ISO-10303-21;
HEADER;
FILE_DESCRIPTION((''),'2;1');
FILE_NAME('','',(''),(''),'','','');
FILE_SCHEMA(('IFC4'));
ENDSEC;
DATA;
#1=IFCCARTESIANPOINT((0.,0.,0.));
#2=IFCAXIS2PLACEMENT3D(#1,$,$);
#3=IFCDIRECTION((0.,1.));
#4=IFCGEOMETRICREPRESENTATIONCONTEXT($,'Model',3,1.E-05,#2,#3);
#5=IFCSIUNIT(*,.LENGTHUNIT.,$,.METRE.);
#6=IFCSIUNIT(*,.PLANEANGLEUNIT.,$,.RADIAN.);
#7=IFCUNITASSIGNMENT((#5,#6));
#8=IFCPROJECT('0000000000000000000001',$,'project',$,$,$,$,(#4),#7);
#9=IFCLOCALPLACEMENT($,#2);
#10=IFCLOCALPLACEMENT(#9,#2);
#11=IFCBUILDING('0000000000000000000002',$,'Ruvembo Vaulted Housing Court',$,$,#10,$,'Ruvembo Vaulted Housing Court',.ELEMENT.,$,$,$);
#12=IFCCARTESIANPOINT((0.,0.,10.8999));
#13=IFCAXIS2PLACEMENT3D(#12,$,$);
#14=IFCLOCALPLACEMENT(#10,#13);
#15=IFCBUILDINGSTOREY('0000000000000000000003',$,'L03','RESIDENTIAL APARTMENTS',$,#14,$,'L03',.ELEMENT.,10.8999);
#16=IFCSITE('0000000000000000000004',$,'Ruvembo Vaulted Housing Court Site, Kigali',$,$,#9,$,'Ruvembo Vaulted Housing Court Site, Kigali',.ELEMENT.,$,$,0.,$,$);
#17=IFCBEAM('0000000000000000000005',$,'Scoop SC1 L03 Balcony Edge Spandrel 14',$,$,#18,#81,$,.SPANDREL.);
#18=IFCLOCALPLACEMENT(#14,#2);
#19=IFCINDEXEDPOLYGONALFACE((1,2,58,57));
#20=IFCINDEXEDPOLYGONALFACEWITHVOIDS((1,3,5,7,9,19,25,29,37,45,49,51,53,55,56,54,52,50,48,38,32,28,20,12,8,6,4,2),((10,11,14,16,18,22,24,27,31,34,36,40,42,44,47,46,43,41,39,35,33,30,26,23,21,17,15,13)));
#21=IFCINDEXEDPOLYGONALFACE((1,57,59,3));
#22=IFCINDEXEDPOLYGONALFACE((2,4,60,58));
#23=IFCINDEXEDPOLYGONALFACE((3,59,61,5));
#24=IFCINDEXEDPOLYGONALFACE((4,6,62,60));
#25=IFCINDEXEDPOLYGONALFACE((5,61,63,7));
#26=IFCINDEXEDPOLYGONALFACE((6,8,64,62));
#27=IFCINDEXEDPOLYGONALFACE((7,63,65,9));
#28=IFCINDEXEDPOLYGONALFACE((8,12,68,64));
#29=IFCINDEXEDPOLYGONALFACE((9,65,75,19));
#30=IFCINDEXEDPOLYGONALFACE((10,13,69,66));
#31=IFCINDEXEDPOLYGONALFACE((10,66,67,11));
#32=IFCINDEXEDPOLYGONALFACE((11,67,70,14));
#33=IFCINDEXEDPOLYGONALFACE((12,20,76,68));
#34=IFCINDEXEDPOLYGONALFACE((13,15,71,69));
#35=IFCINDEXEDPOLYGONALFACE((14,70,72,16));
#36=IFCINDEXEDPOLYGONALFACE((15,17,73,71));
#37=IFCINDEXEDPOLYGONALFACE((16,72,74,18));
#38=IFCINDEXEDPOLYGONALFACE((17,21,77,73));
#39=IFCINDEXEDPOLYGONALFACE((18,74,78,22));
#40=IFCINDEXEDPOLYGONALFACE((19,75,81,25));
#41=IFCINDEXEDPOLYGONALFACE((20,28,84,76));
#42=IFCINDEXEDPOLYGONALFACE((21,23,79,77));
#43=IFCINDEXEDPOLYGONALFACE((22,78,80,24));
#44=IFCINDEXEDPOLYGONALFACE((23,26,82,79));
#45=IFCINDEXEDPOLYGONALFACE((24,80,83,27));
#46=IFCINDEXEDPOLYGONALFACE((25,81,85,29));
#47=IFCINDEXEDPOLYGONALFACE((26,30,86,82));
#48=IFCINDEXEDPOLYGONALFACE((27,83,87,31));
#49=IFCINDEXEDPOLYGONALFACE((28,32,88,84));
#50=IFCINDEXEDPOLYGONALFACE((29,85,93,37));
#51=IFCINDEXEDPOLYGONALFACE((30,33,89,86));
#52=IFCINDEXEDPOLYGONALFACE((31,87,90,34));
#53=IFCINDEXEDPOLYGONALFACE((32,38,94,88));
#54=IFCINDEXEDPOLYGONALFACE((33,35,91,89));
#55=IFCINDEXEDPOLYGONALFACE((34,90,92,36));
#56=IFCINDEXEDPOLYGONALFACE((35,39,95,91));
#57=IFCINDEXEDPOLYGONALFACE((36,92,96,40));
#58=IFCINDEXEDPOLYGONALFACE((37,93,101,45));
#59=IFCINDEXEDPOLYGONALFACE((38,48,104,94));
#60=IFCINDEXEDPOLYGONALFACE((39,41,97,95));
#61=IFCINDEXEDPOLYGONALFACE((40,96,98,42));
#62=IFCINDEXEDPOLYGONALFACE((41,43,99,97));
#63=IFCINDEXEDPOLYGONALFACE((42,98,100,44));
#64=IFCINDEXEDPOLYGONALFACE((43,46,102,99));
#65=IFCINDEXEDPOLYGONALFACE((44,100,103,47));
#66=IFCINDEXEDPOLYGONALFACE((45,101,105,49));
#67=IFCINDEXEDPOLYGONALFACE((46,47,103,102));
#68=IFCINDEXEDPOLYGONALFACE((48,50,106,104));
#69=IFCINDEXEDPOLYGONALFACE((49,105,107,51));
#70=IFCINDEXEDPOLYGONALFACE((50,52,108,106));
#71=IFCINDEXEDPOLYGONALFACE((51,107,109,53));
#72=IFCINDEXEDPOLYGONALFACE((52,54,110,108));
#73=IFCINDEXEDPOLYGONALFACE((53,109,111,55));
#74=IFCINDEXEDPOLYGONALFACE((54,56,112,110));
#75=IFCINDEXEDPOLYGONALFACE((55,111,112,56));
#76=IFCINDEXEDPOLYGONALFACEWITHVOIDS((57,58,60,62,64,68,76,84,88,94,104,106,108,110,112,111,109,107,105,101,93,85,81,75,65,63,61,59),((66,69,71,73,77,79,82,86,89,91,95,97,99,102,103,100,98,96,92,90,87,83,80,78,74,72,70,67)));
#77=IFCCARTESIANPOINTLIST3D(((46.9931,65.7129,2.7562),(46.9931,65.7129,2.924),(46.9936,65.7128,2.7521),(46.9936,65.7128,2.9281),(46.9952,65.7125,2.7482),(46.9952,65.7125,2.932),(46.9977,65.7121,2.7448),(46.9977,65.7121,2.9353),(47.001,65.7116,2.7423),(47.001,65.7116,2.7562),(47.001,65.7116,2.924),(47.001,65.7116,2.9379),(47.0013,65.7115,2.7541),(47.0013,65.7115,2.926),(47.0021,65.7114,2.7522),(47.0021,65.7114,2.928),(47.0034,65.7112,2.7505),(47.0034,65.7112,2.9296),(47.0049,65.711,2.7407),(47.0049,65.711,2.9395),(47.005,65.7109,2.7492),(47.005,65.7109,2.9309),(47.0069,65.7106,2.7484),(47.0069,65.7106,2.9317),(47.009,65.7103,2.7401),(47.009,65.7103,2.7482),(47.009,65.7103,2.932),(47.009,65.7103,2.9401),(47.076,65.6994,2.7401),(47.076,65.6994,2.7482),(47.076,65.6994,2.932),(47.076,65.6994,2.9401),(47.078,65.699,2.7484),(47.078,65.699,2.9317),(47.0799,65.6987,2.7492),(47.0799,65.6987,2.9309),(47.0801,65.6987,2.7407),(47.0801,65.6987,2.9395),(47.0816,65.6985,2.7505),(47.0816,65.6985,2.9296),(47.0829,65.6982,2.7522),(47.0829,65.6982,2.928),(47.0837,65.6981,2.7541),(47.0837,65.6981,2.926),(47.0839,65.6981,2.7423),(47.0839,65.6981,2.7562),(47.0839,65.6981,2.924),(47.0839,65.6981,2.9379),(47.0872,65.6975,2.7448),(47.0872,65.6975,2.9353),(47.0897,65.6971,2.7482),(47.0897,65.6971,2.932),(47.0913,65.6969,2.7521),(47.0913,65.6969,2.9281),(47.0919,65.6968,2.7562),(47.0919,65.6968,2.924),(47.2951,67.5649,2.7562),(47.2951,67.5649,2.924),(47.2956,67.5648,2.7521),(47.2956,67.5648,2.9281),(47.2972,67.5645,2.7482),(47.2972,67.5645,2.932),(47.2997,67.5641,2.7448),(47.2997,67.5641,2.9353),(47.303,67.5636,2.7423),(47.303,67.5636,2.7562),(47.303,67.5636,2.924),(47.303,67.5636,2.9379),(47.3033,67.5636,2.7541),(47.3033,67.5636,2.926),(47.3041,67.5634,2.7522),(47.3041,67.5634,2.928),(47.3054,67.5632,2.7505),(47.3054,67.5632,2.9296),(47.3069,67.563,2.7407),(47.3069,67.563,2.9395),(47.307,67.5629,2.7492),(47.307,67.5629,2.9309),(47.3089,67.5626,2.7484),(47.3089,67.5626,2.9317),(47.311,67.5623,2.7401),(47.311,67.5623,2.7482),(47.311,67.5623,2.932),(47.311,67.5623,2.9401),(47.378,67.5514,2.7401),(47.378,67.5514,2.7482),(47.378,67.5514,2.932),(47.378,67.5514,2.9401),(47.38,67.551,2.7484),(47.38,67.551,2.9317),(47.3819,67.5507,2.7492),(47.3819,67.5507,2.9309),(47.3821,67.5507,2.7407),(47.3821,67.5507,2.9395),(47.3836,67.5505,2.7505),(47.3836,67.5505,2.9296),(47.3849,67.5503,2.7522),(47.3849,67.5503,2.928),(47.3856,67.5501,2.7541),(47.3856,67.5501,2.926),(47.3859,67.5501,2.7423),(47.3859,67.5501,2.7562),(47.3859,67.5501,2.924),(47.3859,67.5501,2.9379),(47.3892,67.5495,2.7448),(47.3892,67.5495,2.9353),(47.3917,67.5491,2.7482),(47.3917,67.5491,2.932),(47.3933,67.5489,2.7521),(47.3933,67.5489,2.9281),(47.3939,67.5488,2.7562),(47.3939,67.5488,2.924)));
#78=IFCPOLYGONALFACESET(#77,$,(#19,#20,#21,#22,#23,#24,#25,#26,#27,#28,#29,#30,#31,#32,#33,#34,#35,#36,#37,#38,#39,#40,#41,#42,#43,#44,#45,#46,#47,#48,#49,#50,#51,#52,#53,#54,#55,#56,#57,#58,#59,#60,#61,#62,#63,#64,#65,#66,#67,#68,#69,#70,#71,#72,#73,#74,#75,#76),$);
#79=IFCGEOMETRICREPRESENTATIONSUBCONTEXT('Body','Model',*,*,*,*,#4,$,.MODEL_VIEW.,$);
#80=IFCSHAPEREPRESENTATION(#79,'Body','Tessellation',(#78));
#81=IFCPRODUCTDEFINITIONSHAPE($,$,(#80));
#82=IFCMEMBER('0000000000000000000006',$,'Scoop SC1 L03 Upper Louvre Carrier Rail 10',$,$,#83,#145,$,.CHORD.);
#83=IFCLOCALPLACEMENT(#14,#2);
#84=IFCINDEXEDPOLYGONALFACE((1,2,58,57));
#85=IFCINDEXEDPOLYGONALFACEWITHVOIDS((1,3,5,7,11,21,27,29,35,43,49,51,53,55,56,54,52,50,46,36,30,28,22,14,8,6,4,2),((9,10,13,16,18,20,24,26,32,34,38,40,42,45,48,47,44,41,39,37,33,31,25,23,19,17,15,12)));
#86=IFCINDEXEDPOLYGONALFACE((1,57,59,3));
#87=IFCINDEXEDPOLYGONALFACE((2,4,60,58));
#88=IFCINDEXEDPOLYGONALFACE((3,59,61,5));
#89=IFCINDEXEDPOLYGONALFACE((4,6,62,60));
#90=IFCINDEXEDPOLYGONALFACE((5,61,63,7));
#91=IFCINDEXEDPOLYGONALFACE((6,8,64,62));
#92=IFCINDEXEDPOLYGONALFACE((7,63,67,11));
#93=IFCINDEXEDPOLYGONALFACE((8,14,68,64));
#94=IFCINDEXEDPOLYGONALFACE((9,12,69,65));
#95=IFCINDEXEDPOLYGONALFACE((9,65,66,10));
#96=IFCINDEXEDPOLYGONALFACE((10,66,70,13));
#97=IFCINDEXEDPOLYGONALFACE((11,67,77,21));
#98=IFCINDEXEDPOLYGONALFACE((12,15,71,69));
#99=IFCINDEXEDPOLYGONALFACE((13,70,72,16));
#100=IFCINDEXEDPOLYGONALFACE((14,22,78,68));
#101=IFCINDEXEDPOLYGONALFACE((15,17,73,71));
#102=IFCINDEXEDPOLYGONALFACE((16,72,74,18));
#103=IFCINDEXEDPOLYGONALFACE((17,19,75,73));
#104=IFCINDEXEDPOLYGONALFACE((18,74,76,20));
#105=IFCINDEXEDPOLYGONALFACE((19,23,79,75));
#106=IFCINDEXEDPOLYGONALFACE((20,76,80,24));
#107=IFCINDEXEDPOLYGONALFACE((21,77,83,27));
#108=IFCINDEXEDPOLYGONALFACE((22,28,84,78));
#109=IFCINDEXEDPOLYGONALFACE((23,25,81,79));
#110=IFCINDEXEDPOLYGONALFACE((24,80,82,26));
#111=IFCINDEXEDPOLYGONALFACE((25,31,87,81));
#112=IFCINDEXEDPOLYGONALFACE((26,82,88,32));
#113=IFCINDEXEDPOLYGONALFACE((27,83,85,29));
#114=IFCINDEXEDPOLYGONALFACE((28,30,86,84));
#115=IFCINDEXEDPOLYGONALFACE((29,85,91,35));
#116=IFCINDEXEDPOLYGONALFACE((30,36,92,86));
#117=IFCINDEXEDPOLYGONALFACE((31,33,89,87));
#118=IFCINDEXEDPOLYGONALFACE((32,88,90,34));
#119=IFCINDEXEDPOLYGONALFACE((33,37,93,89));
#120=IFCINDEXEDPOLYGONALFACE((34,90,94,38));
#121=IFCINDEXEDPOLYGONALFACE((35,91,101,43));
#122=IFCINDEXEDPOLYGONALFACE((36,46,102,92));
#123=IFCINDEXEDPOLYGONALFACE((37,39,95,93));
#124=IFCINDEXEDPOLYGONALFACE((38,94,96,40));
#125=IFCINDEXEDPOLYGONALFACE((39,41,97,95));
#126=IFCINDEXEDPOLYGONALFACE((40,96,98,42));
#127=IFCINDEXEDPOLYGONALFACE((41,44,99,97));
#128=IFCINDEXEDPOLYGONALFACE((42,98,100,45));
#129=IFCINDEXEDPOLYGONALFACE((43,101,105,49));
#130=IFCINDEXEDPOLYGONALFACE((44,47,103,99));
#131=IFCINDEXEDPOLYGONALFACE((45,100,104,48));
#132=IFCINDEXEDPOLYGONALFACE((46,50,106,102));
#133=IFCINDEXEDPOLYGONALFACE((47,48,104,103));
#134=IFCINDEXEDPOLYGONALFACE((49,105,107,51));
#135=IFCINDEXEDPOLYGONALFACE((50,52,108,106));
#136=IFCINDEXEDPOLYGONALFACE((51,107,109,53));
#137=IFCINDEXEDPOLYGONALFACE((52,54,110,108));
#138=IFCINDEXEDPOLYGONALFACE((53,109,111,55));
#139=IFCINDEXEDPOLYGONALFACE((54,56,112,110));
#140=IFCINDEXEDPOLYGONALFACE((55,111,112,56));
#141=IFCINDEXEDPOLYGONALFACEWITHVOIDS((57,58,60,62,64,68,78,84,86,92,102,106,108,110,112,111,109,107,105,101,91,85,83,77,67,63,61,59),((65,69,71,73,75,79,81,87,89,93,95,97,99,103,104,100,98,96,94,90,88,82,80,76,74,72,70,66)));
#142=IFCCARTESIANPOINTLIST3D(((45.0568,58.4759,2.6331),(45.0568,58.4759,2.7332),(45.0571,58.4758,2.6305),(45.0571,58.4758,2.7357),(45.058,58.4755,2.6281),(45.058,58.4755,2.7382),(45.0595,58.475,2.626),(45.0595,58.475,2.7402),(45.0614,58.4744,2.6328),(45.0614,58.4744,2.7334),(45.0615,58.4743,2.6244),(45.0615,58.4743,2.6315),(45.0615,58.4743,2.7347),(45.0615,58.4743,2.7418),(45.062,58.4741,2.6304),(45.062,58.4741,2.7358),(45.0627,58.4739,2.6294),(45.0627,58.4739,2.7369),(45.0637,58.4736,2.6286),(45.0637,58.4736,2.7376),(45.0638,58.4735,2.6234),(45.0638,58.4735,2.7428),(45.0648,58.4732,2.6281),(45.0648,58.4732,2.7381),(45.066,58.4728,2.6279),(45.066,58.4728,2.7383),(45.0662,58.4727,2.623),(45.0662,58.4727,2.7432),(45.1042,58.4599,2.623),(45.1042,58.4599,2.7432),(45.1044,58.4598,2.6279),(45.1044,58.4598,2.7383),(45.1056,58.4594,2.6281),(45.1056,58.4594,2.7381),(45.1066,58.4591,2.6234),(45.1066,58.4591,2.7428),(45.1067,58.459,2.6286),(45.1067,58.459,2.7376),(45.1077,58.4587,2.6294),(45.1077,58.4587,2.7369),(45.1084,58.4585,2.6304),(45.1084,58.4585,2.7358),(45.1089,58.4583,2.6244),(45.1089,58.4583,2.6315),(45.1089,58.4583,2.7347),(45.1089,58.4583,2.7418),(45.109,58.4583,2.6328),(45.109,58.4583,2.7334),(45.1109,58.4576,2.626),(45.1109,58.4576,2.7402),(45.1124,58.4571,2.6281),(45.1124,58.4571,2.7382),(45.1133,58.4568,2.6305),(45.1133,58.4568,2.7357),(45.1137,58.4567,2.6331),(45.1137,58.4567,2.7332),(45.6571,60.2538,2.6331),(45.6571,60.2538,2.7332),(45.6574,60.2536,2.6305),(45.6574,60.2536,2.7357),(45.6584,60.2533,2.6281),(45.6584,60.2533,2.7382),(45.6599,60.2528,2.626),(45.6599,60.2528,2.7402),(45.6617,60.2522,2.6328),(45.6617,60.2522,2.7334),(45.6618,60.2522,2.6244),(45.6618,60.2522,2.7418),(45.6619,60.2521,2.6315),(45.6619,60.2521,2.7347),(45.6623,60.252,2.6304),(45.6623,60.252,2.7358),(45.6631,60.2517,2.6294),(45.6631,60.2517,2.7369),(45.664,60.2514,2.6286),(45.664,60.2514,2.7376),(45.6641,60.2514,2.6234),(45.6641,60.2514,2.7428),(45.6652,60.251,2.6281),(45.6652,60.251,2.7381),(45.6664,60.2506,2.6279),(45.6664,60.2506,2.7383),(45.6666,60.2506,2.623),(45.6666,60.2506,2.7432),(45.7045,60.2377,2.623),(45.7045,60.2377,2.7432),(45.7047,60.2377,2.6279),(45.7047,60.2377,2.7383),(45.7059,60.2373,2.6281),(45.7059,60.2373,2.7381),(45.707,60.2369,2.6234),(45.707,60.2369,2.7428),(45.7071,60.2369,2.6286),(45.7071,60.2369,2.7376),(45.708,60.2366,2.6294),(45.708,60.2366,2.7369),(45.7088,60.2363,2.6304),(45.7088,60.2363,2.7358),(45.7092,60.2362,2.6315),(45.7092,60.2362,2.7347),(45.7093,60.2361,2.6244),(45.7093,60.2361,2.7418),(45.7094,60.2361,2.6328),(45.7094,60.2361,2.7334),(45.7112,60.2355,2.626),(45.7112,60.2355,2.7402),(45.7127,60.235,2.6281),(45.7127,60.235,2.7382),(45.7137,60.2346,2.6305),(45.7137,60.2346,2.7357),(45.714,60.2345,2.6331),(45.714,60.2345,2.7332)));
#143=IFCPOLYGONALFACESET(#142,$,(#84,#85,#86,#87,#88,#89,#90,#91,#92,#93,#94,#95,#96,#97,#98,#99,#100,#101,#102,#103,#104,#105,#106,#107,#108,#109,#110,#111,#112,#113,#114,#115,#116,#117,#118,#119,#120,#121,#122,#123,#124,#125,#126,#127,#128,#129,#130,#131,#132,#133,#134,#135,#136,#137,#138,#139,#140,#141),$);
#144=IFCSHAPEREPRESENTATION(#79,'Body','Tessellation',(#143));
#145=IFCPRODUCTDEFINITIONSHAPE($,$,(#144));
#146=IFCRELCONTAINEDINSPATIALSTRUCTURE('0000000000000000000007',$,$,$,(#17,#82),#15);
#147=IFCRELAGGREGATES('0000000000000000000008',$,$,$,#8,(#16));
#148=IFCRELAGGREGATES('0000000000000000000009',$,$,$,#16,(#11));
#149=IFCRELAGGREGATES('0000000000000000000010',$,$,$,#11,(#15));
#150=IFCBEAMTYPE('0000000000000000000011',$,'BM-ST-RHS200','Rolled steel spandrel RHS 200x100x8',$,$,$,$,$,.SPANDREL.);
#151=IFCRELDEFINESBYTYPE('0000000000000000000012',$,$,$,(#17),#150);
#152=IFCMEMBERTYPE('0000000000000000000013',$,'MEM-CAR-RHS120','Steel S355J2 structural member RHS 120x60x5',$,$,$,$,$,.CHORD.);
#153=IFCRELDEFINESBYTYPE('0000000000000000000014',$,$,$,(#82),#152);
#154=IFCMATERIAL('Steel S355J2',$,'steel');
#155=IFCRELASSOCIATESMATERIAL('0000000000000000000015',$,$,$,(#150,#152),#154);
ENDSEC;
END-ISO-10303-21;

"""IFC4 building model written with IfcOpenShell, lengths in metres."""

from ifc_helpers import new_model, si_unit, direction, frame, origin, origin_2d, place, context, subcontext, project, spatial, hollow_rectangle, extrude, material, material_profile, profile_set, type_object, element, save


model = new_model("IFC4")

# Units and contexts
model_context = context("Model", 3, precision=1e-05, world=origin(), true_north=direction((0.0, 1.0)))
body_context = subcontext(model_context, "Body", "Model", "MODEL_VIEW")
ifc_project = project(units=[si_unit("LENGTHUNIT", "METRE"), si_unit("PLANEANGLEUNIT", "RADIAN")], contexts=[model_context])

# Site, building, storey
site_placement = place(None, origin())
site = spatial("IfcSite", under=ifc_project, at=site_placement, Name="Ruvembo Vaulted Housing Court Site, Kigali", LongName="Ruvembo Vaulted Housing Court Site, Kigali", CompositionType="ELEMENT", RefElevation=0.0)
building_placement = place(site_placement, origin())
building = spatial("IfcBuilding", under=site, at=building_placement, Name="Ruvembo Vaulted Housing Court", LongName="Ruvembo Vaulted Housing Court", CompositionType="ELEMENT")
storey_placement = place(building_placement, frame((0.0, 0.0, 10.8999)))
storey = spatial("IfcBuildingStorey", under=building, at=storey_placement, Name="L03", Description="RESIDENTIAL APARTMENTS", LongName="L03", CompositionType="ELEMENT", Elevation=10.8999)

# Beam
ifc_material_1 = material(Name="Steel S355J2", Category="steel")
ifc_material_profile_1 = material_profile(ifc_material_1, hollow_rectangle(XDim=0.1001, YDim=0.2, WallThickness=0.0081, InnerFilletRadius=0.0081, OuterFilletRadius=0.0161, at=origin_2d()), Name="RHS 200x100x8")
ifc_profile_set_1 = profile_set([ifc_material_profile_1], Name="Steel S355J2")
beam_type_1 = type_object("IfcBeamType", Name="BM-ST-RHS200", Description="Rolled steel spandrel RHS 200x100x8", PredefinedType="SPANDREL", material=ifc_profile_set_1)
for number, where, z_axis, x_axis, name in (
    (1, (47.0425, 65.7048, 2.8401), (0.160938, 0.986965, 0.0), (-0.986965, 0.160938, 0.0), "Scoop SC1 L03 Balcony Edge Spandrel 14"),
):
    element("IfcBeam", number, at=place(storey_placement, frame(where, z_axis=z_axis, x_axis=x_axis)), inside=storey, type_object=beam_type_1, Name=name, PredefinedType="SPANDREL", context=body_context, shape_type="SweptSolid", body=[
        extrude(hollow_rectangle(XDim=0.1001, YDim=0.2, WallThickness=0.0081, InnerFilletRadius=0.0081, OuterFilletRadius=0.0161, at=origin_2d()), origin(), (0.0, 0.0, 1.0), 1.8765),
    ])

# Member
ifc_material_profile_2 = material_profile(ifc_material_1, hollow_rectangle(XDim=0.0601, YDim=0.1201, WallThickness=0.0049, InnerFilletRadius=0.0049, OuterFilletRadius=0.01, at=origin_2d()), Name="RHS 120x60x5")
ifc_profile_set_2 = profile_set([ifc_material_profile_2], Name="Steel S355J2")
member_type_1 = type_object("IfcMemberType", Name="MEM-CAR-RHS120", Description="Steel S355J2 structural member RHS 120x60x5", PredefinedType="CHORD", material=ifc_profile_set_2)
member_placement = place(storey_placement, frame((45.0852, 58.4663, 2.6831), z_axis=(0.319933, 0.94744, 0.0), x_axis=(-0.94744, 0.319933, 0.0)))
element("IfcMember", 2, at=member_placement, inside=storey, type_object=member_type_1, Name="Scoop SC1 L03 Upper Louvre Carrier Rail 10", PredefinedType="CHORD", context=body_context, shape_type="SweptSolid", body=[
    extrude(hollow_rectangle(XDim=0.0601, YDim=0.1201, WallThickness=0.0049, InnerFilletRadius=0.0049, OuterFilletRadius=0.01, at=origin_2d()), origin(), (0.0, 0.0, 1.0), 1.8765),
])

save(model, "model.ifc")
